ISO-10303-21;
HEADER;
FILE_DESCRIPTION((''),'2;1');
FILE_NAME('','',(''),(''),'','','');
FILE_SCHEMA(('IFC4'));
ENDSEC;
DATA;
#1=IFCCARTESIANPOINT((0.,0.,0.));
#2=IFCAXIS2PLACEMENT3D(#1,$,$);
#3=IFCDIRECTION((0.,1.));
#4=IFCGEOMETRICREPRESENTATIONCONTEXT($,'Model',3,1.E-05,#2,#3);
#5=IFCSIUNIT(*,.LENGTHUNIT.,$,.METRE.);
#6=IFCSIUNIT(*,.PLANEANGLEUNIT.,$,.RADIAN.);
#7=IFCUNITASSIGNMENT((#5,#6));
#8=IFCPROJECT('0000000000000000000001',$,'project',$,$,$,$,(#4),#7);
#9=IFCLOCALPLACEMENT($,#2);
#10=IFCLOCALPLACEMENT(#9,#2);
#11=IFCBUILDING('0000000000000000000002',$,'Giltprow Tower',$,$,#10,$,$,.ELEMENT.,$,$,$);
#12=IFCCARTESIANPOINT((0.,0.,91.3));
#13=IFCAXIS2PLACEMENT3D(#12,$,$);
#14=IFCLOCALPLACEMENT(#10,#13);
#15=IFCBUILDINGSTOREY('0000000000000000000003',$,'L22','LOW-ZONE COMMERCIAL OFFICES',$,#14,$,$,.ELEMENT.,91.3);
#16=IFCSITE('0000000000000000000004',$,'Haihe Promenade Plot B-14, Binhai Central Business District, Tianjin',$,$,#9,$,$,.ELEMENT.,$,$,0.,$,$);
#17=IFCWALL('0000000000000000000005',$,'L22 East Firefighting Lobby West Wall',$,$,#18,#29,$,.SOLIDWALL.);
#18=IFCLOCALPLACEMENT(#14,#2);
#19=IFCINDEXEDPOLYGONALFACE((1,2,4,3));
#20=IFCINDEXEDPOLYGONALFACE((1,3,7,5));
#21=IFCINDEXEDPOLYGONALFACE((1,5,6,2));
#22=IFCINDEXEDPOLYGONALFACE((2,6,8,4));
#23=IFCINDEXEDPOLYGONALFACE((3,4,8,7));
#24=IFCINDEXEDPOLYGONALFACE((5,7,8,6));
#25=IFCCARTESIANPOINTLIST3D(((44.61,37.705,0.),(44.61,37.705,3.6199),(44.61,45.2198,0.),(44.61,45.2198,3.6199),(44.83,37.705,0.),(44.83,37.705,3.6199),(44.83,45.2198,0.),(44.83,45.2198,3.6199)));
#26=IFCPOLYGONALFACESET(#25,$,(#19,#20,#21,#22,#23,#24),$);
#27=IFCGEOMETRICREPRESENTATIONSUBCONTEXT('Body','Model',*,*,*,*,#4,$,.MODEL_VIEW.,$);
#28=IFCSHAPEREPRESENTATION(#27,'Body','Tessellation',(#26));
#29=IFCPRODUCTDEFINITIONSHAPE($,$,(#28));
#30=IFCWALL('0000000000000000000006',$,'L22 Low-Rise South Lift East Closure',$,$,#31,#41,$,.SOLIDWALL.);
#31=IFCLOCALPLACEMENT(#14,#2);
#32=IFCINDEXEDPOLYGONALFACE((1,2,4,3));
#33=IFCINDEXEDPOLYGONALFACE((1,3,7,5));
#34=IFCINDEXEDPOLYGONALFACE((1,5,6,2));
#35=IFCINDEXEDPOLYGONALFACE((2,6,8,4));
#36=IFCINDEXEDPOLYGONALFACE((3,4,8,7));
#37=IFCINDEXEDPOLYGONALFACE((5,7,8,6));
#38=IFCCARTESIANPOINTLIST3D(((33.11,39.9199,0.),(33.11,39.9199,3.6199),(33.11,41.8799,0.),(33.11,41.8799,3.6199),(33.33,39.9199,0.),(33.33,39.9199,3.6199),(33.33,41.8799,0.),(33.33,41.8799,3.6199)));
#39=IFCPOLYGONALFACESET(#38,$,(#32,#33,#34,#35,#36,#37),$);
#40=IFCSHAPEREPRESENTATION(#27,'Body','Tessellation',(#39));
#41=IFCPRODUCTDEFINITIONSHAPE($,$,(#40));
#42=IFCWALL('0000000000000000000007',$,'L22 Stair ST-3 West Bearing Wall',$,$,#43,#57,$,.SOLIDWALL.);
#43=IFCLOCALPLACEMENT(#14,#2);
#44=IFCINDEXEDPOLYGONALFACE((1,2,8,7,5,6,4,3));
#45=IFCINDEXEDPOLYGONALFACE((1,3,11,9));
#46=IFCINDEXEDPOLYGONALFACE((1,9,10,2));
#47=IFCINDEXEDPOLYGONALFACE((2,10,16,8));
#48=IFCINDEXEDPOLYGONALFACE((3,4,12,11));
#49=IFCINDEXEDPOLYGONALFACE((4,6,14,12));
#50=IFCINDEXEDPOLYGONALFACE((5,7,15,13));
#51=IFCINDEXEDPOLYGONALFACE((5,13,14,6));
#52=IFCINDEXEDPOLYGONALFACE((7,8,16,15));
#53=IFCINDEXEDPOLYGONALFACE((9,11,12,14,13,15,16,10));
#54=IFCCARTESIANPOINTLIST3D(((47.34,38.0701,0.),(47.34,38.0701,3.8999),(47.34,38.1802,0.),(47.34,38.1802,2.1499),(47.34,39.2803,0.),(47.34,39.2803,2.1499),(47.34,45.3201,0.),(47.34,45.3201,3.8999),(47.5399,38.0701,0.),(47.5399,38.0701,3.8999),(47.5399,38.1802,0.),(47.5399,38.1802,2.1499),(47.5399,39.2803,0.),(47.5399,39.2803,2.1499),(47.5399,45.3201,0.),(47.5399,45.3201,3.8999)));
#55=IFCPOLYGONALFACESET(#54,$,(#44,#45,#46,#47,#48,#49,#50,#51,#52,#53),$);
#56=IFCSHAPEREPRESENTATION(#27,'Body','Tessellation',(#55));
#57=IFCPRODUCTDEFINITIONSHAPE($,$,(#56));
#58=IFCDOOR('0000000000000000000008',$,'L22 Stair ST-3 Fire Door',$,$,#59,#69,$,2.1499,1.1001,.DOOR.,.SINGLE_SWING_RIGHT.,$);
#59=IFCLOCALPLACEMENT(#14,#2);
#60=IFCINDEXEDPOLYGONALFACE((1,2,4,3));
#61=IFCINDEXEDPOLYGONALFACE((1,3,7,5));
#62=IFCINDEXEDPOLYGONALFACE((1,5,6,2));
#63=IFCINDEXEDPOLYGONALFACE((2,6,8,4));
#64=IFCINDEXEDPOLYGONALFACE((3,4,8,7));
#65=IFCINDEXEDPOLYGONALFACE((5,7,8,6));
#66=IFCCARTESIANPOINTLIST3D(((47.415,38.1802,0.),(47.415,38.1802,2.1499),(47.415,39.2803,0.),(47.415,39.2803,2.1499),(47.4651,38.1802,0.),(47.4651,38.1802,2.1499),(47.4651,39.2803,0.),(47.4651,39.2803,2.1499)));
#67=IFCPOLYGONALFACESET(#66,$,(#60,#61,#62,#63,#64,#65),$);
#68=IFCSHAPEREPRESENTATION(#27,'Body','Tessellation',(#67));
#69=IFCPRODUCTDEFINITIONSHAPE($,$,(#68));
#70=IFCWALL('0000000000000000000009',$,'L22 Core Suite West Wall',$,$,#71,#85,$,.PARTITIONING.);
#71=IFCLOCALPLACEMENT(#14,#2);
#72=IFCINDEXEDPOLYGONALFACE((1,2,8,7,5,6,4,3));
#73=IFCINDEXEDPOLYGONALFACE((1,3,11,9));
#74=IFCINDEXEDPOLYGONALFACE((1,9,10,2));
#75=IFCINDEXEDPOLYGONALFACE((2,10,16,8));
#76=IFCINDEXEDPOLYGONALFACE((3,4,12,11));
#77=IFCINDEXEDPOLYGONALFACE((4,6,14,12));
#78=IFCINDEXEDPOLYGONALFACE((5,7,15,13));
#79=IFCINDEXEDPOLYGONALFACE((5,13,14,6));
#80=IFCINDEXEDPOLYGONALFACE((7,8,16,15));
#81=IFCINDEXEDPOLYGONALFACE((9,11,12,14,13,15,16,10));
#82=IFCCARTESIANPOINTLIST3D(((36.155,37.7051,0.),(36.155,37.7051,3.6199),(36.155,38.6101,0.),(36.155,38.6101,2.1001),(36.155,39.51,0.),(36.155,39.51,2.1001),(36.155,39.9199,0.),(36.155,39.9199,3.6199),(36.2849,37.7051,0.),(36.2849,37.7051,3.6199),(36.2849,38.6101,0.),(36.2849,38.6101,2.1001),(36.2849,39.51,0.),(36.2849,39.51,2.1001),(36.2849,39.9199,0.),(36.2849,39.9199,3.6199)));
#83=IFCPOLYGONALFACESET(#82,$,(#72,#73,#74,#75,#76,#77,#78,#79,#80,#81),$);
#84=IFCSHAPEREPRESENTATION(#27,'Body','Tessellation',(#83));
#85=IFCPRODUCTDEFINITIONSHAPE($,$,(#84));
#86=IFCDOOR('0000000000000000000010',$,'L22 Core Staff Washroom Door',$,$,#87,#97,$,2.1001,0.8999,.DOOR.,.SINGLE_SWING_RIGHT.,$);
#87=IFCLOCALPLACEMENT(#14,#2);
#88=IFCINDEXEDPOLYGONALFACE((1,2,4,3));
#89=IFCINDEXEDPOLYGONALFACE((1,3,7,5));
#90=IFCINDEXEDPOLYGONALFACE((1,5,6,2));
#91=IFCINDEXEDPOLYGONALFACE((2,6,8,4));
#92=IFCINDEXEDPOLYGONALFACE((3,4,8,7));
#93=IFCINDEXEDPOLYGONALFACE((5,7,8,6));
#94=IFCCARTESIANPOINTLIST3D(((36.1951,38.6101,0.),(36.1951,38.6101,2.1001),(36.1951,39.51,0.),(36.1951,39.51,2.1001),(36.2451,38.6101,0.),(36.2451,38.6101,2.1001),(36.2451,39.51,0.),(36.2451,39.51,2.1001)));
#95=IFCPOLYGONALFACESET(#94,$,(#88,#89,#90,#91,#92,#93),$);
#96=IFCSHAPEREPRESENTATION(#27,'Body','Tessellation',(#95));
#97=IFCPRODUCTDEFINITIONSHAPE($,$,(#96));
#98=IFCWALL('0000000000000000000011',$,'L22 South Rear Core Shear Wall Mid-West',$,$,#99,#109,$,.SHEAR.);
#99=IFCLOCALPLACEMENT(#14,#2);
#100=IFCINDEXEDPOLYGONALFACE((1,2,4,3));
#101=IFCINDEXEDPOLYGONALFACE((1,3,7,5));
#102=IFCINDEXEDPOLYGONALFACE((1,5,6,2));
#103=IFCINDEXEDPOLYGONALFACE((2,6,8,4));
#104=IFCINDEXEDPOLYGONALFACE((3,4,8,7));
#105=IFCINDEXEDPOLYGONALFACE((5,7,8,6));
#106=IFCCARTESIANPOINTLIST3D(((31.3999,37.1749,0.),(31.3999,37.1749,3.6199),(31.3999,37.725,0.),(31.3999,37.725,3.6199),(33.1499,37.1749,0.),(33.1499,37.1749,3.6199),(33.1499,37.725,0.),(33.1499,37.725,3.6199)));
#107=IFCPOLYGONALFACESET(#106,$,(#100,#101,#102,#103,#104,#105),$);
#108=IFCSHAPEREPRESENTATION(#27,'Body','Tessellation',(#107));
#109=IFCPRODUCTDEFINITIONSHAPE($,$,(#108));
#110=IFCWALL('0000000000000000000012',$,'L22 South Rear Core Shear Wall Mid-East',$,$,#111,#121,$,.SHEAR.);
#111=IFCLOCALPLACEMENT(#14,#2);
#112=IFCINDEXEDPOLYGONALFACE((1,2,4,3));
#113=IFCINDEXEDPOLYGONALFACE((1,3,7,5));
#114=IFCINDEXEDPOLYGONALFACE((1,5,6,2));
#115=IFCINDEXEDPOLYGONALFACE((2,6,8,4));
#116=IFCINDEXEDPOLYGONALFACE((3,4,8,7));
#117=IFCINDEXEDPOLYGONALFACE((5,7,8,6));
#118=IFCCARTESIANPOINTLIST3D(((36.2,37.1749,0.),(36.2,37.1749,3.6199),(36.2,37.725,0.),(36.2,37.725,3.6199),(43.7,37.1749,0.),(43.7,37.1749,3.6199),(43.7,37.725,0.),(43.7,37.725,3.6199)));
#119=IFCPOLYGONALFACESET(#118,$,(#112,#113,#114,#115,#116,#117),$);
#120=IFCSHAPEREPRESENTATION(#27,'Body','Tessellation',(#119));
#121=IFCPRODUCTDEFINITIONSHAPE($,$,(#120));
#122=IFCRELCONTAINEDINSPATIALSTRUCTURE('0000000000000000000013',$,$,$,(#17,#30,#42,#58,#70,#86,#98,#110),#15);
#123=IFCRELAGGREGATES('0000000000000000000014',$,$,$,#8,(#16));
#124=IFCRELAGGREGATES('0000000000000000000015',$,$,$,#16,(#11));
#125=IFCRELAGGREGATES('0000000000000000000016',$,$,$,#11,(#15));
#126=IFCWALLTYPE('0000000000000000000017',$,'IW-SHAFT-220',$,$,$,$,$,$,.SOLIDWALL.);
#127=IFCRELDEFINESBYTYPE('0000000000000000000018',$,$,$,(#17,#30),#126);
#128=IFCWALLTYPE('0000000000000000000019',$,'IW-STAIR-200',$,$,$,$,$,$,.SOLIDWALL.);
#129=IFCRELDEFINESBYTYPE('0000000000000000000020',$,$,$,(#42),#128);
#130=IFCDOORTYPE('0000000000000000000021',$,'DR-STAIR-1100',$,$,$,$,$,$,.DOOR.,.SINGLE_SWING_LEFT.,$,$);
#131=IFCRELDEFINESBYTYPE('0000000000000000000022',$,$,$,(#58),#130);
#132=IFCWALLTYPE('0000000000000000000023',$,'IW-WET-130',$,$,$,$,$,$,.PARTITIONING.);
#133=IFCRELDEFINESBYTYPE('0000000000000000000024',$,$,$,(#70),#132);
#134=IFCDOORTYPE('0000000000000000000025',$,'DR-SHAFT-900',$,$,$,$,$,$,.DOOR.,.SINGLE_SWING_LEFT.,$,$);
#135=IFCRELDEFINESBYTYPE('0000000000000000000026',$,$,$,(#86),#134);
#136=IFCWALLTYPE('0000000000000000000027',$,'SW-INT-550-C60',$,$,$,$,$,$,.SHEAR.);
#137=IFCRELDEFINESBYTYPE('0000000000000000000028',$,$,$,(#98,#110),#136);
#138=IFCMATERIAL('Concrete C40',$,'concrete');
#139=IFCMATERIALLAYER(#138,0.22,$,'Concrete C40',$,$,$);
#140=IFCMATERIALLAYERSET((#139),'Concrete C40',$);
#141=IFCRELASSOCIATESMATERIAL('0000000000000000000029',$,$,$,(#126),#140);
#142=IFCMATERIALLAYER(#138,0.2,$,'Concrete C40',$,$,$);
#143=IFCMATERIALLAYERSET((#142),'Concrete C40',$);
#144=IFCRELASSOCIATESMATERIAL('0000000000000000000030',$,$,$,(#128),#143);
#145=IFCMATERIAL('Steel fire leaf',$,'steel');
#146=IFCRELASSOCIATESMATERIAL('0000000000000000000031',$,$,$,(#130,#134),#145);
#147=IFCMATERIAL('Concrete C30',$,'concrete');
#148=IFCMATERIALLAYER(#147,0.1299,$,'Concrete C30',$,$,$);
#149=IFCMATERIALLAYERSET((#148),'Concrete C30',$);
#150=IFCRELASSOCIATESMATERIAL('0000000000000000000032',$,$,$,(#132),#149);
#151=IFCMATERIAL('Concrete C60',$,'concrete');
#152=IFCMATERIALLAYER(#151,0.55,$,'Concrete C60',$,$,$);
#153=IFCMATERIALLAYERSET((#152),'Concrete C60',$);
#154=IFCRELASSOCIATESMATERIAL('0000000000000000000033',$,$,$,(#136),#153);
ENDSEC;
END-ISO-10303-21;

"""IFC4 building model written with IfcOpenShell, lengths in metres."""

from ifc_helpers import new_model, si_unit, direction, frame, frame_2d, origin, place, context, subcontext, project, spatial, rectangle, extrude, source, transform, mapped, material, layer, layer_set, type_object, element, fill, save


model = new_model("IFC4")

# Units and contexts
model_context = context("Model", 3, precision=1e-05, world=origin(), true_north=direction((0.0, 1.0)))
body_context = subcontext(model_context, "Body", "Model", "MODEL_VIEW")
ifc_project = project(units=[si_unit("LENGTHUNIT", "METRE"), si_unit("PLANEANGLEUNIT", "RADIAN")], contexts=[model_context])

# Site, building, storey
site_placement = place(None, origin())
site = spatial("IfcSite", under=ifc_project, at=site_placement, Name="Haihe Promenade Plot B-14, Binhai Central Business District, Tianjin", CompositionType="ELEMENT", RefElevation=0.0)
building_placement = place(site_placement, origin())
building = spatial("IfcBuilding", under=site, at=building_placement, Name="Giltprow Tower", CompositionType="ELEMENT")
storey_placement = place(building_placement, frame((0.0, 0.0, 91.3)))
storey = spatial("IfcBuildingStorey", under=building, at=storey_placement, Name="L22", Description="LOW-ZONE COMMERCIAL OFFICES", CompositionType="ELEMENT", Elevation=91.3)

# Shared definitions
ifc_material_1 = material(Name="Concrete C60", Category="concrete")

# Walls
ifc_material_2 = material(Name="Concrete C40", Category="concrete")
ifc_layer_1 = layer(ifc_material_2, 0.22, Name="Concrete C40")
ifc_layer_set_1 = layer_set([ifc_layer_1], Name="Concrete C40")
wall_type_1 = type_object("IfcWallType", Name="IW-SHAFT-220", PredefinedType="SOLIDWALL", material=ifc_layer_set_1)
wall_1_placement = place(storey_placement, frame((44.72, 37.7051, 0.0), z_axis=(0.0, 0.0, 1.0), x_axis=(0.0, 1.0, 0.0)))
element("IfcWall", 1, at=wall_1_placement, inside=storey, type_object=wall_type_1, Name="L22 East Firefighting Lobby West Wall", PredefinedType="SOLIDWALL", context=body_context, shape_type="SweptSolid", body=[
    extrude(rectangle(XDim=7.5149, YDim=0.22, at=frame_2d((3.7573, 0.0))), origin(), (0.0, 0.0, 1.0), 3.6199),
])
wall_2_placement = place(storey_placement, frame((33.22, 39.9199, 0.0), z_axis=(0.0, 0.0, 1.0), x_axis=(0.0, 1.0, 0.0)))
element("IfcWall", 2, at=wall_2_placement, inside=storey, type_object=wall_type_1, Name="L22 Low-Rise South Lift East Closure", PredefinedType="SOLIDWALL", context=body_context, shape_type="SweptSolid", body=[
    extrude(rectangle(XDim=1.96, YDim=0.22, at=frame_2d((0.98, 0.0))), origin(), (0.0, 0.0, 1.0), 3.6199),
])

# Walls, openings, doors
ifc_layer_2 = layer(ifc_material_2, 0.2, Name="Concrete C40")
ifc_layer_set_2 = layer_set([ifc_layer_2], Name="Concrete C40")
wall_type_2 = type_object("IfcWallType", Name="IW-STAIR-200", PredefinedType="SOLIDWALL", material=ifc_layer_set_2)
wall_3_placement = place(storey_placement, frame((47.4399, 38.0701, 0.0), z_axis=(0.0, 0.0, 1.0), x_axis=(0.0, 1.0, 0.0)))
wall_3 = element("IfcWall", 3, at=wall_3_placement, inside=storey, type_object=wall_type_2, Name="L22 Stair ST-3 West Bearing Wall", PredefinedType="SOLIDWALL", context=body_context, shape_type="SweptSolid", body=[
    extrude(rectangle(XDim=7.25, YDim=0.2, at=frame_2d((3.625, 0.0))), origin(), (0.0, 0.0, 1.0), 3.8999),
])
opening_1_placement = place(wall_3_placement, frame((0.1101, 0.0, 0.0)))
opening_1 = element("IfcOpeningElement", 4, at=opening_1_placement, cuts=wall_3, PredefinedType="OPENING", context=body_context, shape_type="SweptSolid", body=[
    extrude(rectangle(XDim=1.1001, YDim=2.1499, at=frame_2d((0.55, 1.075))), frame((0.0, 0.1099, 0.0), z_axis=(0.0, -1.0, 0.0), x_axis=(1.0, 0.0, 0.0)), (0.0, 0.0, 1.0), 0.22),
])
ifc_material_3 = material(Name="Steel fire leaf", Category="steel")
door_type_1 = type_object("IfcDoorType", Name="DR-STAIR-1100", OperationType="SINGLE_SWING_LEFT", PredefinedType="DOOR", material=ifc_material_3)
shared_shape_1 = source(origin(), body_context, "Body", "SweptSolid", [
    extrude(rectangle(XDim=1.1001, YDim=2.1499, at=frame_2d((0.55, 1.075))), frame((0.0, 0.0249, 0.0), z_axis=(0.0, -1.0, 0.0), x_axis=(1.0, 0.0, 0.0)), (0.0, 0.0, 1.0), 0.05),
])
door_1_placement = place(opening_1_placement, origin())
door_1 = element("IfcDoor", 5, at=door_1_placement, inside=storey, type_object=door_type_1, Name="L22 Stair ST-3 Fire Door", OperationType="SINGLE_SWING_RIGHT", OverallHeight=2.1499, OverallWidth=1.1001, PredefinedType="DOOR", context=body_context, shape_type="MappedRepresentation", body=[
    mapped(shared_shape_1, transform((0.0, 0.0, 0.0), x_axis=(1.0, 0.0, 0.0), y_axis=(0.0, 1.0, 0.0), z_axis=(0.0, 0.0, 1.0), scale=1.0)),
])
fill(opening_1, door_1)
ifc_material_4 = material(Name="Concrete C30", Category="concrete")
ifc_layer_3 = layer(ifc_material_4, 0.1299, Name="Concrete C30")
ifc_layer_set_3 = layer_set([ifc_layer_3], Name="Concrete C30")
wall_type_3 = type_object("IfcWallType", Name="IW-WET-130", PredefinedType="PARTITIONING", material=ifc_layer_set_3)
wall_4_placement = place(storey_placement, frame((36.22, 37.7051, 0.0), z_axis=(0.0, 0.0, 1.0), x_axis=(0.0, 1.0, 0.0)))
wall_4 = element("IfcWall", 6, at=wall_4_placement, inside=storey, type_object=wall_type_3, Name="L22 Core Suite West Wall", PredefinedType="PARTITIONING", context=body_context, shape_type="SweptSolid", body=[
    extrude(rectangle(XDim=2.2148, YDim=0.1299, at=frame_2d((1.1074, 0.0))), origin(), (0.0, 0.0, 1.0), 3.6199),
])
opening_2_placement = place(wall_4_placement, frame((0.905, 0.0, 0.0)))
opening_2 = element("IfcOpeningElement", 7, at=opening_2_placement, cuts=wall_4, PredefinedType="OPENING", context=body_context, shape_type="SweptSolid", body=[
    extrude(rectangle(XDim=0.8999, YDim=2.1001, at=frame_2d((0.45, 1.05))), frame((0.0, 0.075, 0.0), z_axis=(0.0, -1.0, 0.0), x_axis=(1.0, 0.0, 0.0)), (0.0, 0.0, 1.0), 0.1499),
])
door_type_2 = type_object("IfcDoorType", Name="DR-SHAFT-900", OperationType="SINGLE_SWING_LEFT", PredefinedType="DOOR", material=ifc_material_3)
shared_shape_2 = source(origin(), body_context, "Body", "SweptSolid", [
    extrude(rectangle(XDim=0.8999, YDim=2.1001, at=frame_2d((0.45, 1.05))), frame((0.0, 0.0249, 0.0), z_axis=(0.0, -1.0, 0.0), x_axis=(1.0, 0.0, 0.0)), (0.0, 0.0, 1.0), 0.05),
])
door_2_placement = place(opening_2_placement, origin())
door_2 = element("IfcDoor", 8, at=door_2_placement, inside=storey, type_object=door_type_2, Name="L22 Core Staff Washroom Door", OperationType="SINGLE_SWING_RIGHT", OverallHeight=2.1001, OverallWidth=0.8999, PredefinedType="DOOR", context=body_context, shape_type="MappedRepresentation", body=[
    mapped(shared_shape_2, transform((0.0, 0.0, 0.0), x_axis=(1.0, 0.0, 0.0), y_axis=(0.0, 1.0, 0.0), z_axis=(0.0, 0.0, 1.0), scale=1.0)),
])
fill(opening_2, door_2)

# Walls
ifc_layer_4 = layer(ifc_material_1, 0.55, Name="Concrete C60")
ifc_layer_set_4 = layer_set([ifc_layer_4], Name="Concrete C60")
wall_type_4 = type_object("IfcWallType", Name="SW-INT-550-C60", PredefinedType="SHEAR", material=ifc_layer_set_4)
wall_5_placement = place(storey_placement, frame((31.3999, 37.45, 0.0), z_axis=(0.0, 0.0, 1.0), x_axis=(1.0, 0.0, 0.0)))
element("IfcWall", 9, at=wall_5_placement, inside=storey, type_object=wall_type_4, Name="L22 South Rear Core Shear Wall Mid-West", PredefinedType="SHEAR", context=body_context, shape_type="SweptSolid", body=[
    extrude(rectangle(XDim=1.75, YDim=0.55, at=frame_2d((0.875, 0.0))), origin(), (0.0, 0.0, 1.0), 3.6199),
])
wall_6_placement = place(storey_placement, frame((36.2, 37.45, 0.0), z_axis=(0.0, 0.0, 1.0), x_axis=(1.0, 0.0, 0.0)))
element("IfcWall", 10, at=wall_6_placement, inside=storey, type_object=wall_type_4, Name="L22 South Rear Core Shear Wall Mid-East", PredefinedType="SHEAR", context=body_context, shape_type="SweptSolid", body=[
    extrude(rectangle(XDim=7.5, YDim=0.55, at=frame_2d((3.75, 0.0))), origin(), (0.0, 0.0, 1.0), 3.6199),
])

save(model, "model.ifc")
